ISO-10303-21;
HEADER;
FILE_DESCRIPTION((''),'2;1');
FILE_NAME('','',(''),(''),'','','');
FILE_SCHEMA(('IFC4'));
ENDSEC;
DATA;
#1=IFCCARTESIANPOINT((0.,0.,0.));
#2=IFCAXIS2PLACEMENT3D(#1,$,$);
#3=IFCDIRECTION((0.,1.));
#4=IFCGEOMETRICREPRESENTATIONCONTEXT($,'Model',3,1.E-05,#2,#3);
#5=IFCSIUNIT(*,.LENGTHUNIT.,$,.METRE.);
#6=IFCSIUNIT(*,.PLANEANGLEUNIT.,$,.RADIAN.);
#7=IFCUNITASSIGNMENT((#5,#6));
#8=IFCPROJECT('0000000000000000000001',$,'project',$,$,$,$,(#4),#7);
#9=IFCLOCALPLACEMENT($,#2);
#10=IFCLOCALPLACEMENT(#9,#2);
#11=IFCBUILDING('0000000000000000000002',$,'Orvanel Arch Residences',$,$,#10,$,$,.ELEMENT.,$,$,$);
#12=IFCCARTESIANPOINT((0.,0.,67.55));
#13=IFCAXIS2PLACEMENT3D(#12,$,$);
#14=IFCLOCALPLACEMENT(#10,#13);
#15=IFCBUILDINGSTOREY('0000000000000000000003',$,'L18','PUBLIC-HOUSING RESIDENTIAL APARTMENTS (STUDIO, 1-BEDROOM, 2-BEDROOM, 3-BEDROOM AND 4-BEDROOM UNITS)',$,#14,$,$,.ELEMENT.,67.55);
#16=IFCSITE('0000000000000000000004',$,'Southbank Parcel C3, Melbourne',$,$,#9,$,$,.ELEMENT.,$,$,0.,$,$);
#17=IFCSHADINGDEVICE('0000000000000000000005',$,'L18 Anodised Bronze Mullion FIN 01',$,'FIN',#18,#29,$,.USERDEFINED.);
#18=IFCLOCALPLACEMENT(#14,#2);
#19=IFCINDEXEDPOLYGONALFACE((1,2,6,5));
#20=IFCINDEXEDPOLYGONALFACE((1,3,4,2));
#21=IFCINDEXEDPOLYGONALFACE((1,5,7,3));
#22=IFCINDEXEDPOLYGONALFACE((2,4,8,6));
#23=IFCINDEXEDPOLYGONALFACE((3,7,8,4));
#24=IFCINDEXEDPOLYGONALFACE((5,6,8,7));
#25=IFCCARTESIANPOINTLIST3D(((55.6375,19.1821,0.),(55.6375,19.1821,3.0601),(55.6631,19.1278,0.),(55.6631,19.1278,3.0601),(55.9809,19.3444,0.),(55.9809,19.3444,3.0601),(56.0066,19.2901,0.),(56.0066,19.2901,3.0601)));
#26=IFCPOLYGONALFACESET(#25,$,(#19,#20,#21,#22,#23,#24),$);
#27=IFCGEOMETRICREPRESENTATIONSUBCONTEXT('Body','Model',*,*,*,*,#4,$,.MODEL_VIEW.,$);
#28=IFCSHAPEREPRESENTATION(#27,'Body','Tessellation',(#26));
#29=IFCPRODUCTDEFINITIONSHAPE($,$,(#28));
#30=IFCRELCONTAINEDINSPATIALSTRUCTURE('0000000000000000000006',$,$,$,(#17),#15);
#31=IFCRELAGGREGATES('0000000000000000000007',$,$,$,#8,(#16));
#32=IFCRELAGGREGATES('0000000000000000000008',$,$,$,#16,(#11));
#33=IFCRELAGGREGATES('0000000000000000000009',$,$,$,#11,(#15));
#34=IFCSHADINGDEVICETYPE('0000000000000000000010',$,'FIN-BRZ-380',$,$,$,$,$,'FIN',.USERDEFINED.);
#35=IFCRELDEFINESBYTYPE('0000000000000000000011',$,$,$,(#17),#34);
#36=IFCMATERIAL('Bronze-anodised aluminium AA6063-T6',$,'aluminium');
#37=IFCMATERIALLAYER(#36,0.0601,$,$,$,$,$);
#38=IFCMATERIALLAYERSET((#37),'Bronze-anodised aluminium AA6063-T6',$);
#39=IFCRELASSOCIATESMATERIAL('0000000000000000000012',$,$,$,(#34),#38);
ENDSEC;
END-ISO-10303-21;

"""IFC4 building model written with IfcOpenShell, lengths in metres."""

from ifc_helpers import new_model, si_unit, direction, frame, origin, origin_2d, place, context, subcontext, project, spatial, rectangle, extrude, material, layer, layer_set, type_object, element, save


model = new_model("IFC4")

# Units and contexts
model_context = context("Model", 3, precision=1e-05, world=origin(), true_north=direction((0.0, 1.0)))
body_context = subcontext(model_context, "Body", "Model", "MODEL_VIEW")
ifc_project = project(units=[si_unit("LENGTHUNIT", "METRE"), si_unit("PLANEANGLEUNIT", "RADIAN")], contexts=[model_context])

# Site, building, storey
site_placement = place(None, origin())
site = spatial("IfcSite", under=ifc_project, at=site_placement, Name="Southbank Parcel C3, Melbourne", CompositionType="ELEMENT", RefElevation=0.0)
building_placement = place(site_placement, origin())
building = spatial("IfcBuilding", under=site, at=building_placement, Name="Orvanel Arch Residences", CompositionType="ELEMENT")
storey_placement = place(building_placement, frame((0.0, 0.0, 67.55)))
storey = spatial("IfcBuildingStorey", under=building, at=storey_placement, Name="L18", Description="PUBLIC-HOUSING RESIDENTIAL APARTMENTS (STUDIO, 1-BEDROOM, 2-BEDROOM, 3-BEDROOM AND 4-BEDROOM UNITS)", CompositionType="ELEMENT", Elevation=67.55)

# Shared definitions
ifc_material_1 = material(Name="Bronze-anodised aluminium AA6063-T6", Category="aluminium")

# Shading device
ifc_layer_1 = layer(ifc_material_1, 0.0601)
ifc_layer_set_1 = layer_set([ifc_layer_1], Name="Bronze-anodised aluminium AA6063-T6")
shading_device_type = type_object("IfcShadingDeviceType", Name="FIN-BRZ-380", ElementType="FIN", PredefinedType="USERDEFINED", material=ifc_layer_set_1)
shading_device_placement = place(storey_placement, frame((55.822, 19.2361, 0.0), z_axis=(0.0, 0.0, 1.0), x_axis=(0.904083, 0.427358, 0.0)))
element("IfcShadingDevice", 1, at=shading_device_placement, inside=storey, type_object=shading_device_type, Name="L18 Anodised Bronze Mullion FIN 01", ObjectType="FIN", PredefinedType="USERDEFINED", context=body_context, shape_type="SweptSolid", body=[
    extrude(rectangle(XDim=0.3799, YDim=0.0601, at=origin_2d()), origin(), (0.0, 0.0, 1.0), 3.0601),
])

save(model, "model.ifc")
